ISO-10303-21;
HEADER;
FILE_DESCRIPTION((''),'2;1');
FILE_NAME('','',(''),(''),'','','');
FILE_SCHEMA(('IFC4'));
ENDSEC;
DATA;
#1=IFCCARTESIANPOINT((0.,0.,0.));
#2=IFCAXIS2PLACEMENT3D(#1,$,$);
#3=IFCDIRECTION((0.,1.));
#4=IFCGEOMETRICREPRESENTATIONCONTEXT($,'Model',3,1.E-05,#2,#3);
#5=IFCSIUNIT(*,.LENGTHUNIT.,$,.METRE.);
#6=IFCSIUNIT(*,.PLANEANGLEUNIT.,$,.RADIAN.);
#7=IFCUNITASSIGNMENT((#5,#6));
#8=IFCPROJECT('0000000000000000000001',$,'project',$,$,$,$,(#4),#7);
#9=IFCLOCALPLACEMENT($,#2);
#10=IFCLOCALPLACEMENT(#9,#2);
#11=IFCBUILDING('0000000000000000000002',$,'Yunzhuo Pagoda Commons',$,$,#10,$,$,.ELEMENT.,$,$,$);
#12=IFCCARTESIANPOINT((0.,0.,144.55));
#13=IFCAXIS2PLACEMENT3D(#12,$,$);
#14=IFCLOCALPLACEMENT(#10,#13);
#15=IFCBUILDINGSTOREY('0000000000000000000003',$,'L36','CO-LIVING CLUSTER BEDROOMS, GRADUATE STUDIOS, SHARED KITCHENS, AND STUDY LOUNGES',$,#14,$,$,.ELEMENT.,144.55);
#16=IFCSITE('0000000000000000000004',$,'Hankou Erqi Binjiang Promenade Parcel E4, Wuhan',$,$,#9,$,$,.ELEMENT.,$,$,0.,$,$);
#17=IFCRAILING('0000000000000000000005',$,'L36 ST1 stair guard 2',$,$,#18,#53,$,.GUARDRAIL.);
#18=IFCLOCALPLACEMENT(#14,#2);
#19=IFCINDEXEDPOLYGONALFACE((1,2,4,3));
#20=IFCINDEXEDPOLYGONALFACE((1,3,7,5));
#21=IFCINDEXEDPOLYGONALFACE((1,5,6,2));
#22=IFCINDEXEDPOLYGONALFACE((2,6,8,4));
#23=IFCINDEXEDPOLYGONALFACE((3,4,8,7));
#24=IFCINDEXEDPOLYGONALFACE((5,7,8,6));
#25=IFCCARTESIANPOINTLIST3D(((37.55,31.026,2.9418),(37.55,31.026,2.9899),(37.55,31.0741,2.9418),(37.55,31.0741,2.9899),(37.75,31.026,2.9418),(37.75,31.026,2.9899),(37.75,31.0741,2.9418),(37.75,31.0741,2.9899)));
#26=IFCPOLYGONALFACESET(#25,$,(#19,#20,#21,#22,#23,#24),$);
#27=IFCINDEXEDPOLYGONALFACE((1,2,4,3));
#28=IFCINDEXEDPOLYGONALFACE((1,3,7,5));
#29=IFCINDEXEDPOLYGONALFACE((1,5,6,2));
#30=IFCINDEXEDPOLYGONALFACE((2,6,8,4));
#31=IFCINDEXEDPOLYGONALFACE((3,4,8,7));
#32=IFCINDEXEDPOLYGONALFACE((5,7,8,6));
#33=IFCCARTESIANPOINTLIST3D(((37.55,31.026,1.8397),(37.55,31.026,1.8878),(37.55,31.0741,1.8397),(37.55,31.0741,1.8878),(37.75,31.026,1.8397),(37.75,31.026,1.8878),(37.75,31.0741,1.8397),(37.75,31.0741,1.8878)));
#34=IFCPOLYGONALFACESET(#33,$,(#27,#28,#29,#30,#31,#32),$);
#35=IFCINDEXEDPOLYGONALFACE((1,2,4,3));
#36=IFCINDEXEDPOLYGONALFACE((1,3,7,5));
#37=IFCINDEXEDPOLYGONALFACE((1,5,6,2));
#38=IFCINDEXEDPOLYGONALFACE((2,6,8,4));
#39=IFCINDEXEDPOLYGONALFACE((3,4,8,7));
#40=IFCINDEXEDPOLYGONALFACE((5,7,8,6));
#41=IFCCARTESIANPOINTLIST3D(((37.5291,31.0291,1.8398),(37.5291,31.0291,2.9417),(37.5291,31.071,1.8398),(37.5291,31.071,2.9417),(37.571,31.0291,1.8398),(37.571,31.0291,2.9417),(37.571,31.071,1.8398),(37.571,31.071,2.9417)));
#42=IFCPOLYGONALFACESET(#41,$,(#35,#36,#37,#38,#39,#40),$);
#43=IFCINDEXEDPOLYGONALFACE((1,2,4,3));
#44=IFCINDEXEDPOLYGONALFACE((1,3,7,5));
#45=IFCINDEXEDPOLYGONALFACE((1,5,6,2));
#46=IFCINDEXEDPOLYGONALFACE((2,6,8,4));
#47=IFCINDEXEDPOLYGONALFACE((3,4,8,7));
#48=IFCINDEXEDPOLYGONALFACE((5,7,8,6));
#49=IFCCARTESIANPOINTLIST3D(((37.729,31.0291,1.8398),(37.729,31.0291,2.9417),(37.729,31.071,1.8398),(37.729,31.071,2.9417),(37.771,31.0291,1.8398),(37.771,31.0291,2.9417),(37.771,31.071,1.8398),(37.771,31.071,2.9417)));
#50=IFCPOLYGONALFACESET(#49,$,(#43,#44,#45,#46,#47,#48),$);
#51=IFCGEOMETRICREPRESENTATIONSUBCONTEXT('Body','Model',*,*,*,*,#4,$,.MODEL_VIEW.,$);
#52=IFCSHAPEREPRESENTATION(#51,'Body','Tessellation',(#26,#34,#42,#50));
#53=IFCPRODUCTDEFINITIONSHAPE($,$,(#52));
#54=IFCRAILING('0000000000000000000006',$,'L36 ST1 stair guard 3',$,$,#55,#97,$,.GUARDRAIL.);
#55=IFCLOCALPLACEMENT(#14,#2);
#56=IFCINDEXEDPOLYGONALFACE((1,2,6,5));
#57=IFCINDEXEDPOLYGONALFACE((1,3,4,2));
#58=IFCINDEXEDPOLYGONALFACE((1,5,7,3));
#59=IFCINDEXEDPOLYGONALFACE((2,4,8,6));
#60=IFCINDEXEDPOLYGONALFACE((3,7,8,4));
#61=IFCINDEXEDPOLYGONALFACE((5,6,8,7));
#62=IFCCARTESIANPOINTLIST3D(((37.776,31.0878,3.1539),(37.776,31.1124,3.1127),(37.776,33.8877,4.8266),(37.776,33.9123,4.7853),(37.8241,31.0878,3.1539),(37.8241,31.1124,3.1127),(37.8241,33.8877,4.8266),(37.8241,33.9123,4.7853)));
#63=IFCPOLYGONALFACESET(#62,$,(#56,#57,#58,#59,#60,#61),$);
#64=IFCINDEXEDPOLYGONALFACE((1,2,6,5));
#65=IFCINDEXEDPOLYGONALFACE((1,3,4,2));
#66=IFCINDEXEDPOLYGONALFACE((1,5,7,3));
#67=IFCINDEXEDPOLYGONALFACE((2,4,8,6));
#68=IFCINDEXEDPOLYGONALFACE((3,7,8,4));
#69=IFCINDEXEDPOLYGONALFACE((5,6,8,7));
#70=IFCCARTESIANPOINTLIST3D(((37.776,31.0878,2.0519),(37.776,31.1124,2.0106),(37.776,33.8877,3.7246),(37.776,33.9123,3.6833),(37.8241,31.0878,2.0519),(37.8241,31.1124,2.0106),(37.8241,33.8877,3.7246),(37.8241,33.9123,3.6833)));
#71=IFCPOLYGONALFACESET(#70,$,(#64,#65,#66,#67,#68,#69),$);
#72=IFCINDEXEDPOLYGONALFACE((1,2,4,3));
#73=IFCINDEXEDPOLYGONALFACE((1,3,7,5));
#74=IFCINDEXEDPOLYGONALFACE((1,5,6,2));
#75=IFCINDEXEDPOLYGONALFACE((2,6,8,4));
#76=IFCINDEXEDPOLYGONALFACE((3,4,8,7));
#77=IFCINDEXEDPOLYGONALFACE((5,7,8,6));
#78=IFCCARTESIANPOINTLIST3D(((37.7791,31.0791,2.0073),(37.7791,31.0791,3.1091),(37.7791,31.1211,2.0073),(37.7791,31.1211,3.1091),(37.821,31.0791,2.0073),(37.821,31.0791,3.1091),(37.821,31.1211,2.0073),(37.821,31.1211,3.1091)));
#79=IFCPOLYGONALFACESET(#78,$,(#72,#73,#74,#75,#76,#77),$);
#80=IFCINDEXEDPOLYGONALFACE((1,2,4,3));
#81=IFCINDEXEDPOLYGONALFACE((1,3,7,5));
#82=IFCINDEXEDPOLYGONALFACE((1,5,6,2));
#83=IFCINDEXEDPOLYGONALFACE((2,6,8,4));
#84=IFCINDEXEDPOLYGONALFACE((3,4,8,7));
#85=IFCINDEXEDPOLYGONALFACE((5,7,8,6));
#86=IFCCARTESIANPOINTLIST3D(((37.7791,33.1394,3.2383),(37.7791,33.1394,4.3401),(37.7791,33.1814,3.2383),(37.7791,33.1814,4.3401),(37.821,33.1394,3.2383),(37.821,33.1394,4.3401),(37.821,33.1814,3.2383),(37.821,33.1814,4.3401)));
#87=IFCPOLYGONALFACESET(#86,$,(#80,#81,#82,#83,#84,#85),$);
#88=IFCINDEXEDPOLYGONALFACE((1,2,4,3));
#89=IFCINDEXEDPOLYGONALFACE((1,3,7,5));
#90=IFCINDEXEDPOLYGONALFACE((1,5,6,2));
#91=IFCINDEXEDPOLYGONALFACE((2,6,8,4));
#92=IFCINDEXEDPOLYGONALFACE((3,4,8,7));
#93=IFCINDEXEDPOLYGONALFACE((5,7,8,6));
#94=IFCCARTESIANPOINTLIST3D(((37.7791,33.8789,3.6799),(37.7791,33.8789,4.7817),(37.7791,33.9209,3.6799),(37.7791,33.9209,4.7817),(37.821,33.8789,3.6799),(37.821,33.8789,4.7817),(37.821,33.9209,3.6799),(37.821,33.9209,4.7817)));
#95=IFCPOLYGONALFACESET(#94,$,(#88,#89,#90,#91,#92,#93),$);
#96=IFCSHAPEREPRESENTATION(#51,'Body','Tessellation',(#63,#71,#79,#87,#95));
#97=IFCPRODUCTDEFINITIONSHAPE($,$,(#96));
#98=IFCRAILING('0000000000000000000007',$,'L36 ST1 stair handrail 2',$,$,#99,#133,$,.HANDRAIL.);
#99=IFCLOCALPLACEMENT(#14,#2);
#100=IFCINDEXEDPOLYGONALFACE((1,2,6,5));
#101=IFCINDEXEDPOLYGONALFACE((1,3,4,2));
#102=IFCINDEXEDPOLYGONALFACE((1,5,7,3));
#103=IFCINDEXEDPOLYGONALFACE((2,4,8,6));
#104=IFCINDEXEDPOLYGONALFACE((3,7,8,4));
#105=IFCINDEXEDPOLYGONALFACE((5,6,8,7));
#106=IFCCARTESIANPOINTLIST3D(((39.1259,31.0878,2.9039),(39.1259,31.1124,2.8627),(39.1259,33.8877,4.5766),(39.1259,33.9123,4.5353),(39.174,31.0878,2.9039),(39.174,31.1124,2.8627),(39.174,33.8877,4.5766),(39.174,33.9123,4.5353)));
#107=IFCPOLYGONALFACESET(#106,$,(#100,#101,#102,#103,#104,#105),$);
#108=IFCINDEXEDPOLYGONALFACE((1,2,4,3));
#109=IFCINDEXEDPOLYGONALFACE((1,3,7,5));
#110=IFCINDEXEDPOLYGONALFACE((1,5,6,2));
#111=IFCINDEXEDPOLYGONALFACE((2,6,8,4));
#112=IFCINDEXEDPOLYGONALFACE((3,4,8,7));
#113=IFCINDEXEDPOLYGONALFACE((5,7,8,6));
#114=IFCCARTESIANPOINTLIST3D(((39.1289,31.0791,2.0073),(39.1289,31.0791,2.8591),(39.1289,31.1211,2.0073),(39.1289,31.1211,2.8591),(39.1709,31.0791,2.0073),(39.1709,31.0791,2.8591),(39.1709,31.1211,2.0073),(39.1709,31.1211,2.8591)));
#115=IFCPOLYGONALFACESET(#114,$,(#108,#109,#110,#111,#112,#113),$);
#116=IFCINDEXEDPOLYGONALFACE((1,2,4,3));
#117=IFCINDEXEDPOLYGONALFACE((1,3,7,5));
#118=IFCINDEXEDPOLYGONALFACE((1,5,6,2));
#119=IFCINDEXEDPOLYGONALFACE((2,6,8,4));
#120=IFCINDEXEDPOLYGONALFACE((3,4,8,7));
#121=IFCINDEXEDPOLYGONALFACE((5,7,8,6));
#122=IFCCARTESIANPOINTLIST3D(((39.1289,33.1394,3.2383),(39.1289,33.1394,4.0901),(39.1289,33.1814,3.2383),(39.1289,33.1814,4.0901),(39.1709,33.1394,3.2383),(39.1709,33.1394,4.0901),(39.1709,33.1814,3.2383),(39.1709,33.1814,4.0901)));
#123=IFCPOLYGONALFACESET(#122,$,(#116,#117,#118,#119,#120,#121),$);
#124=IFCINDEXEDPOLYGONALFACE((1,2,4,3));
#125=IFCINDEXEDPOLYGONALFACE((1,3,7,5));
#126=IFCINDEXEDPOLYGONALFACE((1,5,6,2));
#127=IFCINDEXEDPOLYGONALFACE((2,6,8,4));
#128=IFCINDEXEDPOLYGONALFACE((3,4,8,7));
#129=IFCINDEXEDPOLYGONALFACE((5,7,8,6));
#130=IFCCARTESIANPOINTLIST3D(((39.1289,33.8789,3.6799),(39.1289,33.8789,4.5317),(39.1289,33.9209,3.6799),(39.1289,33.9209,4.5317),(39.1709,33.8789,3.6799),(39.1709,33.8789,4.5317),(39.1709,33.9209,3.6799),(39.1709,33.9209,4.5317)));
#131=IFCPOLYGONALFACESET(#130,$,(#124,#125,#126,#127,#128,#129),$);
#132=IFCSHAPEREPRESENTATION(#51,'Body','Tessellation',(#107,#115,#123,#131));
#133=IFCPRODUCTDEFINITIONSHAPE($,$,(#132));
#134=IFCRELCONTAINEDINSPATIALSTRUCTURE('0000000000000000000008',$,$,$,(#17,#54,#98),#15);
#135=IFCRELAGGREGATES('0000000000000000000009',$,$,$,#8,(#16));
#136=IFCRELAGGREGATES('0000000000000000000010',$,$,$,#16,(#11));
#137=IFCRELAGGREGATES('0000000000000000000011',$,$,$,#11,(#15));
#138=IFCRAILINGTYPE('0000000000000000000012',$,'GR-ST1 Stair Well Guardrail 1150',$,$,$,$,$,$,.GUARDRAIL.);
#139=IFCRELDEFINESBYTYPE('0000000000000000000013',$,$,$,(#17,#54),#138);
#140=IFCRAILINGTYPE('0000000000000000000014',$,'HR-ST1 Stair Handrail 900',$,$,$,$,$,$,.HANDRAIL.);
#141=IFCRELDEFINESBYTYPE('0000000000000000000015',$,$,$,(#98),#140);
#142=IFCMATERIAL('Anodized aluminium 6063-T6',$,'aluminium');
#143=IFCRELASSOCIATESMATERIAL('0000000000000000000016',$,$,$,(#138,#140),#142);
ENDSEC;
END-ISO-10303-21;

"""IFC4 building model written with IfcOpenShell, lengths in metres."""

from ifc_helpers import new_model, si_unit, direction, frame, origin, origin_2d, place, context, subcontext, project, spatial, rectangle, extrude, material, type_object, element, save


model = new_model("IFC4")

# Units and contexts
model_context = context("Model", 3, precision=1e-05, world=origin(), true_north=direction((0.0, 1.0)))
body_context = subcontext(model_context, "Body", "Model", "MODEL_VIEW")
ifc_project = project(units=[si_unit("LENGTHUNIT", "METRE"), si_unit("PLANEANGLEUNIT", "RADIAN")], contexts=[model_context])

# Site, building, storey
site_placement = place(None, origin())
site = spatial("IfcSite", under=ifc_project, at=site_placement, Name="Hankou Erqi Binjiang Promenade Parcel E4, Wuhan", CompositionType="ELEMENT", RefElevation=0.0)
building_placement = place(site_placement, origin())
building = spatial("IfcBuilding", under=site, at=building_placement, Name="Yunzhuo Pagoda Commons", CompositionType="ELEMENT")
storey_placement = place(building_placement, frame((0.0, 0.0, 144.55)))
storey = spatial("IfcBuildingStorey", under=building, at=storey_placement, Name="L36", Description="CO-LIVING CLUSTER BEDROOMS, GRADUATE STUDIOS, SHARED KITCHENS, AND STUDY LOUNGES", CompositionType="ELEMENT", Elevation=144.55)

# Railings
ifc_material_1 = material(Name="Anodized aluminium 6063-T6", Category="aluminium")
railing_type_1 = type_object("IfcRailingType", Name="GR-ST1 Stair Well Guardrail 1150", PredefinedType="GUARDRAIL", material=ifc_material_1)
railing_1_placement = place(storey_placement, frame((37.55, 31.05, 1.8398)))
element("IfcRailing", 1, at=railing_1_placement, inside=storey, type_object=railing_type_1, Name="L36 ST1 stair guard 2", PredefinedType="GUARDRAIL", context=body_context, shape_type="SweptSolid", body=[
    extrude(rectangle(XDim=0.0481, YDim=0.0481, at=origin_2d()), frame((0.0, 0.0, 1.126), z_axis=(1.0, 0.0, 0.0), x_axis=(0.0, 1.0, 0.0)), (0.0, 0.0, 1.0), 0.2),
    extrude(rectangle(XDim=0.0481, YDim=0.0481, at=origin_2d()), frame((0.0, 0.0, 0.0239), z_axis=(1.0, 0.0, 0.0), x_axis=(0.0, 1.0, 0.0)), (0.0, 0.0, 1.0), 0.2),
    extrude(rectangle(XDim=0.042, YDim=0.042, at=origin_2d()), origin(), (0.0, 0.0, 1.0), 1.1018),
    extrude(rectangle(XDim=0.042, YDim=0.042, at=origin_2d()), frame((0.2, 0.0, 0.0)), (0.0, 0.0, 1.0), 1.1018),
])
railing_2_placement = place(storey_placement, frame((37.8, 31.1001, 2.0073)))
element("IfcRailing", 2, at=railing_2_placement, inside=storey, type_object=railing_type_1, Name="L36 ST1 stair guard 3", PredefinedType="GUARDRAIL", context=body_context, shape_type="SweptSolid", body=[
    extrude(rectangle(XDim=0.0481, YDim=0.0481, at=origin_2d()), frame((0.0, 0.0, 1.126), z_axis=(0.0, 0.858476, 0.512855), x_axis=(-1.0, 0.0, 0.0)), (0.0, 0.0, 1.0), 3.2615),
    extrude(rectangle(XDim=0.0481, YDim=0.0481, at=origin_2d()), frame((0.0, 0.0, 0.0239), z_axis=(0.0, 0.858476, 0.512855), x_axis=(-1.0, 0.0, 0.0)), (0.0, 0.0, 1.0), 3.2615),
    extrude(rectangle(XDim=0.042, YDim=0.042, at=origin_2d()), origin(), (0.0, 0.0, 1.0), 1.1018),
    extrude(rectangle(XDim=0.042, YDim=0.042, at=origin_2d()), frame((0.0, 2.0603, 1.231)), (0.0, 0.0, 1.0), 1.1018),
    extrude(rectangle(XDim=0.042, YDim=0.042, at=origin_2d()), frame((0.0, 2.7998, 1.6726)), (0.0, 0.0, 1.0), 1.1018),
])
railing_type_2 = type_object("IfcRailingType", Name="HR-ST1 Stair Handrail 900", PredefinedType="HANDRAIL", material=ifc_material_1)
railing_3_placement = place(storey_placement, frame((39.1499, 31.1001, 2.0073)))
element("IfcRailing", 3, at=railing_3_placement, inside=storey, type_object=railing_type_2, Name="L36 ST1 stair handrail 2", PredefinedType="HANDRAIL", context=body_context, shape_type="SweptSolid", body=[
    extrude(rectangle(XDim=0.0481, YDim=0.0481, at=origin_2d()), frame((0.0, 0.0, 0.876), z_axis=(0.0, 0.858476, 0.512855), x_axis=(-1.0, 0.0, 0.0)), (0.0, 0.0, 1.0), 3.2615),
    extrude(rectangle(XDim=0.042, YDim=0.042, at=origin_2d()), origin(), (0.0, 0.0, 1.0), 0.8518),
    extrude(rectangle(XDim=0.042, YDim=0.042, at=origin_2d()), frame((0.0, 2.0603, 1.231)), (0.0, 0.0, 1.0), 0.8518),
    extrude(rectangle(XDim=0.042, YDim=0.042, at=origin_2d()), frame((0.0, 2.7998, 1.6726)), (0.0, 0.0, 1.0), 0.8518),
])

save(model, "model.ifc")
